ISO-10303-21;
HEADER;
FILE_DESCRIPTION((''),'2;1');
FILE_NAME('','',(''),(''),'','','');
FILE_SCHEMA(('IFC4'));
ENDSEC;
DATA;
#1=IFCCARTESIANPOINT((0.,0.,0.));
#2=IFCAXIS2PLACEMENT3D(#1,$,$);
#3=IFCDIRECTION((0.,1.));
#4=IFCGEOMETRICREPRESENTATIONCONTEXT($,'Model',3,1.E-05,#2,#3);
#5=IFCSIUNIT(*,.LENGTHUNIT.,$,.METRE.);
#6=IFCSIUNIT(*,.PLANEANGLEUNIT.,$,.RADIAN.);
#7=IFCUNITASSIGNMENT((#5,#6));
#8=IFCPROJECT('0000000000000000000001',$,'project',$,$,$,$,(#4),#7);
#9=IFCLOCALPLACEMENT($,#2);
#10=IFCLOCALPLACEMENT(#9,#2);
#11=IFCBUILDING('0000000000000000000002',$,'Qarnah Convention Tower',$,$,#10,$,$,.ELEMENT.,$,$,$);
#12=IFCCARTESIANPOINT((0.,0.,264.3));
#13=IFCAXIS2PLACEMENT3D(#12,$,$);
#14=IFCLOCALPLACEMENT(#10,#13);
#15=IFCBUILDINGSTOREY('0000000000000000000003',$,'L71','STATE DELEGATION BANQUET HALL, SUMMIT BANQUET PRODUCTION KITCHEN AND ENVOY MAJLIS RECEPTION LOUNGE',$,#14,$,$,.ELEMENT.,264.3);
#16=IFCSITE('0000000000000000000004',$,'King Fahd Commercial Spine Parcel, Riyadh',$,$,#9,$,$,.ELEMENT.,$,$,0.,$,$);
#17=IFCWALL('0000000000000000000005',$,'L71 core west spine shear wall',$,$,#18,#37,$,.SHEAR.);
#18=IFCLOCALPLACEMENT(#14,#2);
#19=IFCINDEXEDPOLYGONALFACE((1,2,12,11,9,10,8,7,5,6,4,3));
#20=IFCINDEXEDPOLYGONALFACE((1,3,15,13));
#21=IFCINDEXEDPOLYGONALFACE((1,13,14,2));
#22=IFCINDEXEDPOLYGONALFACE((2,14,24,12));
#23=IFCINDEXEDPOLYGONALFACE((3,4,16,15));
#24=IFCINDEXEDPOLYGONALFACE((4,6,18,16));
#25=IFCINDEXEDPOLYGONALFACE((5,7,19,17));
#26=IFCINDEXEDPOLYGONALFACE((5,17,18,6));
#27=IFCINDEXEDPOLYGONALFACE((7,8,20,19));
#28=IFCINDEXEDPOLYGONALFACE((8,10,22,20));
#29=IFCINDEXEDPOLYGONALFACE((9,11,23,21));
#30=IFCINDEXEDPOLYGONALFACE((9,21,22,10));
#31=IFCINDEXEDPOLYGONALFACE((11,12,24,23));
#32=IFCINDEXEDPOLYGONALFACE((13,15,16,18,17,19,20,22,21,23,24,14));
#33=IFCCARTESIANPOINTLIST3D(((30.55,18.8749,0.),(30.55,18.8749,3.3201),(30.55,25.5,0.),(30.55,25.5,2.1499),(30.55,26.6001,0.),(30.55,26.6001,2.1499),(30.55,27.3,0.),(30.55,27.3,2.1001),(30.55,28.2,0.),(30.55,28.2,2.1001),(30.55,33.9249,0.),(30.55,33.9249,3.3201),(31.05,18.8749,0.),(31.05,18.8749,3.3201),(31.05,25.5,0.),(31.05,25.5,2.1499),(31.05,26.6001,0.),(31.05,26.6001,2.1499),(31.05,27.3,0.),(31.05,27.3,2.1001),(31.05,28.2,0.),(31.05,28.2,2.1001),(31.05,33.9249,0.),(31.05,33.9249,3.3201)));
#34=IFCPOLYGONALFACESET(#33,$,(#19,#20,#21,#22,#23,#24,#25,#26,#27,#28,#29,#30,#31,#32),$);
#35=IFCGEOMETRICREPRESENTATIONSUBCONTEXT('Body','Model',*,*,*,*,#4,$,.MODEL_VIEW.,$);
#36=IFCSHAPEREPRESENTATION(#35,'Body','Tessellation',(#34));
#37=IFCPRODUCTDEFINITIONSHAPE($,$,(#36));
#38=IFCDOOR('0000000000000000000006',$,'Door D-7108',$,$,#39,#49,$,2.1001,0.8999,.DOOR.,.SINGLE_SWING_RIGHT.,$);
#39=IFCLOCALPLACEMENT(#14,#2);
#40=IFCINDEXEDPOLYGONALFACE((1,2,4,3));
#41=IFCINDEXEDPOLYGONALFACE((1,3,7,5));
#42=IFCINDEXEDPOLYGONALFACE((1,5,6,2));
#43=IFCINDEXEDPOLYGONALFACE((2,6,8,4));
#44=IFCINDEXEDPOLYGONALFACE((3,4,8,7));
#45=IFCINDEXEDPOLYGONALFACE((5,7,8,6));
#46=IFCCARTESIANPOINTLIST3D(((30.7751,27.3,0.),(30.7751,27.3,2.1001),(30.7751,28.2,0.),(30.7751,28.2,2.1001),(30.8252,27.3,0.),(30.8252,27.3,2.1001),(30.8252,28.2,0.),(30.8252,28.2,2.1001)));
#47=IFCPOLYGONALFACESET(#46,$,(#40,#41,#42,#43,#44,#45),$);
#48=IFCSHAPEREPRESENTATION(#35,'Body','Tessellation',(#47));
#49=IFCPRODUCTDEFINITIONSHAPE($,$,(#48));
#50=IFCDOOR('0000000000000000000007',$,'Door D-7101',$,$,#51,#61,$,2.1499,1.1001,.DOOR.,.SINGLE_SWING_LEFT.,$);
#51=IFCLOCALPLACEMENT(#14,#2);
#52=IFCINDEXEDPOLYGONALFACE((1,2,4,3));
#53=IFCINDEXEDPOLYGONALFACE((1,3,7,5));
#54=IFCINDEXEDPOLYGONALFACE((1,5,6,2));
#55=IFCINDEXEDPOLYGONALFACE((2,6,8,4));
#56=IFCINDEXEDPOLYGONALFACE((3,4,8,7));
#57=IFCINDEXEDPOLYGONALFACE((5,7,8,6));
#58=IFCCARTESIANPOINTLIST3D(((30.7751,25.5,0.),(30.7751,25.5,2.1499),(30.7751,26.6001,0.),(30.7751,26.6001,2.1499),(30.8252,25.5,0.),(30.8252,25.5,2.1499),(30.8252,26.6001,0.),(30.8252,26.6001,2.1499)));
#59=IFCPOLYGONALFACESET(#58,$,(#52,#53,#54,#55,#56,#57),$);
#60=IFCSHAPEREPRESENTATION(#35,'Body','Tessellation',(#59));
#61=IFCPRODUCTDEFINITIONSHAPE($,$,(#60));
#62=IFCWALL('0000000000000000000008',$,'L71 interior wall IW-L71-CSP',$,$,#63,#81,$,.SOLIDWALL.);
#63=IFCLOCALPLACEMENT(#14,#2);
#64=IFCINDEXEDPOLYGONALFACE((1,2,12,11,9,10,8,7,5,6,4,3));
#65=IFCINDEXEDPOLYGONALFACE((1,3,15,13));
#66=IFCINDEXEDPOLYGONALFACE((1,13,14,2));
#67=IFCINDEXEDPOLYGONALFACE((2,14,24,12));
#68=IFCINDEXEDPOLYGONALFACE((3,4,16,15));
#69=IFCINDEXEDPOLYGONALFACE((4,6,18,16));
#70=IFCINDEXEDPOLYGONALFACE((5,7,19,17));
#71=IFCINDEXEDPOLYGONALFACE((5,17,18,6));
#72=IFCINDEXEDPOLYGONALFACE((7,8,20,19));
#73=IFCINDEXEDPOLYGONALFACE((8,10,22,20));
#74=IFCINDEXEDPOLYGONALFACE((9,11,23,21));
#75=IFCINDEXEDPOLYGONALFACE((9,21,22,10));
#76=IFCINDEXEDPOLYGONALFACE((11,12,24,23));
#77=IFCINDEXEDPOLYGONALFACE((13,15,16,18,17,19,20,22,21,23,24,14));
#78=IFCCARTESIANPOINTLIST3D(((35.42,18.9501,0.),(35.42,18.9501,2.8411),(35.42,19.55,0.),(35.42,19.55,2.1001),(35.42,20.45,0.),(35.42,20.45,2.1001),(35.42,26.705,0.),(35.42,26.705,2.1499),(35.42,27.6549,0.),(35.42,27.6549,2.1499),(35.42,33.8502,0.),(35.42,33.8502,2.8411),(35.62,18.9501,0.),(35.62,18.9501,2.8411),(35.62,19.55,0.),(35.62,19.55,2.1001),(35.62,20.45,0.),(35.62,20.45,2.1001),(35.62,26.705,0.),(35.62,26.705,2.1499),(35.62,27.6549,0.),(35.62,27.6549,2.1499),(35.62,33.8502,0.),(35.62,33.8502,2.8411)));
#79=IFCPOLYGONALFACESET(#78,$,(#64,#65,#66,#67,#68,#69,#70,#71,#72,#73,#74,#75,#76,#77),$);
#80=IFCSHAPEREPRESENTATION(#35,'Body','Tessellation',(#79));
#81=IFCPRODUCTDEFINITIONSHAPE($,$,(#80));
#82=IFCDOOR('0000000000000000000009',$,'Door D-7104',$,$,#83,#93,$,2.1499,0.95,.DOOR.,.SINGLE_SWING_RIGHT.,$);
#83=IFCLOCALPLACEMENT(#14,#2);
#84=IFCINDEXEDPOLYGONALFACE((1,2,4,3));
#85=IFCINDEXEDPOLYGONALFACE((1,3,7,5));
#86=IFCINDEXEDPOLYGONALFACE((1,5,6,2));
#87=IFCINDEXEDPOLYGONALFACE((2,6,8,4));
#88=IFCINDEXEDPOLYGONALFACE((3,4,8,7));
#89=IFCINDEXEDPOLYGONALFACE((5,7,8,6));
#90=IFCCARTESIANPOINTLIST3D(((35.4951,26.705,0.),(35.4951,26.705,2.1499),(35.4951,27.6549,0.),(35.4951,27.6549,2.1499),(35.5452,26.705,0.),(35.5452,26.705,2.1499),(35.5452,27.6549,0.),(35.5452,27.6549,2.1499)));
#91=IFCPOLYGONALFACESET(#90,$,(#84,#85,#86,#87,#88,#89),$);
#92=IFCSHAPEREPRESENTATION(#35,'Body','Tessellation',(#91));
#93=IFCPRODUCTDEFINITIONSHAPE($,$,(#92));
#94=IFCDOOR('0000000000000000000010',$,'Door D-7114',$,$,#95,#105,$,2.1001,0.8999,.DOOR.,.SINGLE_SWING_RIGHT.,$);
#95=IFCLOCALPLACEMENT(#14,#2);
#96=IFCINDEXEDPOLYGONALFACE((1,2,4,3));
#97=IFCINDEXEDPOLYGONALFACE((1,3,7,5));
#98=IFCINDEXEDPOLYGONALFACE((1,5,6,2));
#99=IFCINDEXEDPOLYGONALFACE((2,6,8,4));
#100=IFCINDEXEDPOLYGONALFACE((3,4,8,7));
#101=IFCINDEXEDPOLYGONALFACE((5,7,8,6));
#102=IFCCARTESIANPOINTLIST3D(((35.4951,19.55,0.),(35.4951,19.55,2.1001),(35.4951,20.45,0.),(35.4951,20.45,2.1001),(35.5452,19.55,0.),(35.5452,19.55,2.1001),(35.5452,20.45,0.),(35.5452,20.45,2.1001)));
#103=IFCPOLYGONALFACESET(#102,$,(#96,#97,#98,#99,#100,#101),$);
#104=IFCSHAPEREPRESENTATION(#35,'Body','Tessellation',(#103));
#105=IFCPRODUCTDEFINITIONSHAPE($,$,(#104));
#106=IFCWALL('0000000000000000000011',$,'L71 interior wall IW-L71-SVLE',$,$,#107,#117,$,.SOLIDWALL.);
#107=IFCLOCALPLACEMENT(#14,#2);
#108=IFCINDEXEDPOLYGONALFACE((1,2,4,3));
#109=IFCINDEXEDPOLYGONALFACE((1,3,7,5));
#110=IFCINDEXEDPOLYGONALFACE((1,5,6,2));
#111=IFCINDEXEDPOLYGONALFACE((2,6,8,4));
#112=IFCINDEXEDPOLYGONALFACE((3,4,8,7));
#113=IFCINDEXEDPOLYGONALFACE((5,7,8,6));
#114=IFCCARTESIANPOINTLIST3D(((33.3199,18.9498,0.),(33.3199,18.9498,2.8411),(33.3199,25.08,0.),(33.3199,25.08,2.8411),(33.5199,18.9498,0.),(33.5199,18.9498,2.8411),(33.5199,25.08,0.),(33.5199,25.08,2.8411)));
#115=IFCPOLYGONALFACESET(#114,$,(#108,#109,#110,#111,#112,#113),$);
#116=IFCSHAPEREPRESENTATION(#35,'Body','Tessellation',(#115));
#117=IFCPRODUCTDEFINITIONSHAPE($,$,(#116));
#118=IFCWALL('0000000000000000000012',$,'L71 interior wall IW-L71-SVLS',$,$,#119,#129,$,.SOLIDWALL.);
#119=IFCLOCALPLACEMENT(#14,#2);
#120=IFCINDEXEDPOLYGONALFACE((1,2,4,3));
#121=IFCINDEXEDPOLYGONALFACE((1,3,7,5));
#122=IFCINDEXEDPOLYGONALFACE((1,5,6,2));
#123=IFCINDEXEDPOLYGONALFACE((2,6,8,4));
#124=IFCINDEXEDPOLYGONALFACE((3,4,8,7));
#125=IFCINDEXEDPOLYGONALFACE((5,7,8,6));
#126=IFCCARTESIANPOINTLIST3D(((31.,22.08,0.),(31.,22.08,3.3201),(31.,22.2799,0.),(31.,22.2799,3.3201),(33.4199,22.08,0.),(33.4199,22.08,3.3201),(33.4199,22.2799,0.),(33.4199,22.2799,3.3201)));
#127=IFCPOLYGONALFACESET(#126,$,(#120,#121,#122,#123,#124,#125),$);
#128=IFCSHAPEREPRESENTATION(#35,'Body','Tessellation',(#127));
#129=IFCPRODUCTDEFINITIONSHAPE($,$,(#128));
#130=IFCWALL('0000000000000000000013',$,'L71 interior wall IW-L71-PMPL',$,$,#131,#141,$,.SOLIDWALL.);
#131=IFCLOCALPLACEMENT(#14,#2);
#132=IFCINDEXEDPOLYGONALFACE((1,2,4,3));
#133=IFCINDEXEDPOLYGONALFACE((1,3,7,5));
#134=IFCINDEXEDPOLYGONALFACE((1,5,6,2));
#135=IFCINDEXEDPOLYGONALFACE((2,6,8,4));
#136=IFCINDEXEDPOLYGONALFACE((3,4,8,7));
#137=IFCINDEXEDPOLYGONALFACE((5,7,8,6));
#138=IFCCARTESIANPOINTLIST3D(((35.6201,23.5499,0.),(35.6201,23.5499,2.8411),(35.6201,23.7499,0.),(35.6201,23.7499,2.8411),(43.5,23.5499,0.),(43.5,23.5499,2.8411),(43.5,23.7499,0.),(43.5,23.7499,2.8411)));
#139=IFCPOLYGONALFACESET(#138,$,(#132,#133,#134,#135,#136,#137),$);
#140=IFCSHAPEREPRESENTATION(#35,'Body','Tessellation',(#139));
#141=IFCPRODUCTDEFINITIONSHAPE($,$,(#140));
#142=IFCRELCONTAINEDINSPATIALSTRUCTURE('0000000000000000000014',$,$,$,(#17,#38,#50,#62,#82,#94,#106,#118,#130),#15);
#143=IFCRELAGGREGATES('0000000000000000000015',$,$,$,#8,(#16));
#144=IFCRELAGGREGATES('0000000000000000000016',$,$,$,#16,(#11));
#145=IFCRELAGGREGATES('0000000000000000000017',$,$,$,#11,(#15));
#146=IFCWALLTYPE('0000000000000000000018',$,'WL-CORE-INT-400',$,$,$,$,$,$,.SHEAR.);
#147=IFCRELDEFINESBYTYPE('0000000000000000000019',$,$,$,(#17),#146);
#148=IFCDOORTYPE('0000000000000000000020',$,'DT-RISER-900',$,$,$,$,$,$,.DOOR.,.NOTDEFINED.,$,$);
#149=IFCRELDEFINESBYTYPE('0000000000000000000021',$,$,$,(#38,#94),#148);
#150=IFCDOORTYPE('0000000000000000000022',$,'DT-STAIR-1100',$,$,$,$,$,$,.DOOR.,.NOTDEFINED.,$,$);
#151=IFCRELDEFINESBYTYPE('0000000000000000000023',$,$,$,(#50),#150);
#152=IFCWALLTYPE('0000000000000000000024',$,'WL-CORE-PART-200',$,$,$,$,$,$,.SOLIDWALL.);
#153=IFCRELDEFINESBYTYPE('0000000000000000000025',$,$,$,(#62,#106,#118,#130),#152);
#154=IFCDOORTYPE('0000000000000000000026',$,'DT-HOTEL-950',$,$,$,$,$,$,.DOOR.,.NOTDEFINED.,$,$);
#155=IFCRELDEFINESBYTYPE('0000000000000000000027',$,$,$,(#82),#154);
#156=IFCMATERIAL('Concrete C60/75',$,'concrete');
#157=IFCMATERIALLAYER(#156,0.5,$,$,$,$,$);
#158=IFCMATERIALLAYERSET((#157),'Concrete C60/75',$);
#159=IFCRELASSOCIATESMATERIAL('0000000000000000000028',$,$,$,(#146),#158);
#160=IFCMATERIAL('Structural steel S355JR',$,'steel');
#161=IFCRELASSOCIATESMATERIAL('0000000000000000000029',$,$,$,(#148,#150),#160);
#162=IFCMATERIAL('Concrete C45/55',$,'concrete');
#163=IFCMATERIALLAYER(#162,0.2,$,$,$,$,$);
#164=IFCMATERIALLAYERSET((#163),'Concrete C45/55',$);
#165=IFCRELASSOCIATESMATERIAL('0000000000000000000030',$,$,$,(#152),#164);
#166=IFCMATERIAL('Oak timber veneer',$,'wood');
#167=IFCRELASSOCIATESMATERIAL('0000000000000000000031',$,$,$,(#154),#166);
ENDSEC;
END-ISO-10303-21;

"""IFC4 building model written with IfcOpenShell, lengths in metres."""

from ifc_helpers import new_model, si_unit, direction, frame, frame_2d, origin, place, context, subcontext, project, spatial, rectangle, extrude, material, layer, layer_set, type_object, element, fill, save


model = new_model("IFC4")

# Units and contexts
model_context = context("Model", 3, precision=1e-05, world=origin(), true_north=direction((0.0, 1.0)))
body_context = subcontext(model_context, "Body", "Model", "MODEL_VIEW")
ifc_project = project(units=[si_unit("LENGTHUNIT", "METRE"), si_unit("PLANEANGLEUNIT", "RADIAN")], contexts=[model_context])

# Site, building, storey
site_placement = place(None, origin())
site = spatial("IfcSite", under=ifc_project, at=site_placement, Name="King Fahd Commercial Spine Parcel, Riyadh", CompositionType="ELEMENT", RefElevation=0.0)
building_placement = place(site_placement, origin())
building = spatial("IfcBuilding", under=site, at=building_placement, Name="Qarnah Convention Tower", CompositionType="ELEMENT")
storey_placement = place(building_placement, frame((0.0, 0.0, 264.3)))
storey = spatial("IfcBuildingStorey", under=building, at=storey_placement, Name="L71", Description="STATE DELEGATION BANQUET HALL, SUMMIT BANQUET PRODUCTION KITCHEN AND ENVOY MAJLIS RECEPTION LOUNGE", CompositionType="ELEMENT", Elevation=264.3)

# Shared definitions
ifc_material_1 = material(Name="Structural steel S355JR", Category="steel")

# Walls, openings, doors
ifc_material_2 = material(Name="Concrete C60/75", Category="concrete")
ifc_layer_1 = layer(ifc_material_2, 0.5)
ifc_layer_set_1 = layer_set([ifc_layer_1], Name="Concrete C60/75")
wall_type_1 = type_object("IfcWallType", Name="WL-CORE-INT-400", PredefinedType="SHEAR", material=ifc_layer_set_1)
wall_1_placement = place(storey_placement, frame((30.8, 18.875, 0.0), z_axis=(0.0, 0.0, 1.0), x_axis=(0.0, 1.0, 0.0)))
wall_1 = element("IfcWall", 1, at=wall_1_placement, inside=storey, type_object=wall_type_1, Name="L71 core west spine shear wall", PredefinedType="SHEAR", context=body_context, shape_type="SweptSolid", body=[
    extrude(rectangle(XDim=15.05, YDim=0.5, at=frame_2d((7.5249, 0.0))), origin(), (0.0, 0.0, 1.0), 3.3201),
])
opening_1_placement = place(wall_1_placement, frame((6.625, 0.0, 0.0)))
opening_1 = element("IfcOpeningElement", 2, at=opening_1_placement, cuts=wall_1, PredefinedType="OPENING", context=body_context, shape_type="SweptSolid", body=[
    extrude(rectangle(XDim=1.1001, YDim=2.1499, at=frame_2d((0.55, 1.075))), frame((0.0, 0.26, 0.0), z_axis=(0.0, -1.0, 0.0), x_axis=(1.0, 0.0, 0.0)), (0.0, 0.0, 1.0), 0.52),
])
opening_2_placement = place(wall_1_placement, frame((8.425, 0.0, 0.0)))
opening_2 = element("IfcOpeningElement", 3, at=opening_2_placement, cuts=wall_1, PredefinedType="OPENING", context=body_context, shape_type="SweptSolid", body=[
    extrude(rectangle(XDim=0.8999, YDim=2.1001, at=frame_2d((0.45, 1.05))), frame((0.0, 0.26, 0.0), z_axis=(0.0, -1.0, 0.0), x_axis=(1.0, 0.0, 0.0)), (0.0, 0.0, 1.0), 0.52),
])
door_type_1 = type_object("IfcDoorType", Name="DT-RISER-900", OperationType="NOTDEFINED", PredefinedType="DOOR", material=ifc_material_1)
door_1_placement = place(opening_2_placement, origin())
door_1 = element("IfcDoor", 4, at=door_1_placement, inside=storey, type_object=door_type_1, Name="Door D-7108", OperationType="SINGLE_SWING_RIGHT", OverallHeight=2.1001, OverallWidth=0.8999, PredefinedType="DOOR", context=body_context, shape_type="SweptSolid", body=[
    extrude(rectangle(XDim=0.8999, YDim=2.1001, at=frame_2d((0.45, 1.05))), frame((0.0, 0.0249, 0.0), z_axis=(0.0, -1.0, 0.0), x_axis=(1.0, 0.0, 0.0)), (0.0, 0.0, 1.0), 0.05),
])
fill(opening_2, door_1)
door_type_2 = type_object("IfcDoorType", Name="DT-STAIR-1100", OperationType="NOTDEFINED", PredefinedType="DOOR", material=ifc_material_1)
door_2_placement = place(opening_1_placement, origin())
door_2 = element("IfcDoor", 5, at=door_2_placement, inside=storey, type_object=door_type_2, Name="Door D-7101", OperationType="SINGLE_SWING_LEFT", OverallHeight=2.1499, OverallWidth=1.1001, PredefinedType="DOOR", context=body_context, shape_type="SweptSolid", body=[
    extrude(rectangle(XDim=1.1001, YDim=2.1499, at=frame_2d((0.55, 1.075))), frame((0.0, 0.0249, 0.0), z_axis=(0.0, -1.0, 0.0), x_axis=(1.0, 0.0, 0.0)), (0.0, 0.0, 1.0), 0.05),
])
fill(opening_1, door_2)
ifc_material_3 = material(Name="Concrete C45/55", Category="concrete")
ifc_layer_2 = layer(ifc_material_3, 0.2)
ifc_layer_set_2 = layer_set([ifc_layer_2], Name="Concrete C45/55")
wall_type_2 = type_object("IfcWallType", Name="WL-CORE-PART-200", PredefinedType="SOLIDWALL", material=ifc_layer_set_2)
wall_2_placement = place(storey_placement, frame((35.52, 18.95, 0.0), z_axis=(0.0, 0.0, 1.0), x_axis=(0.0, 1.0, 0.0)))
wall_2 = element("IfcWall", 6, at=wall_2_placement, inside=storey, type_object=wall_type_2, Name="L71 interior wall IW-L71-CSP", PredefinedType="SOLIDWALL", context=body_context, shape_type="SweptSolid", body=[
    extrude(rectangle(XDim=14.9001, YDim=0.2, at=frame_2d((7.4502, 0.0))), origin(), (0.0, 0.0, 1.0), 2.8411),
])
opening_3_placement = place(wall_2_placement, frame((7.7549, 0.0, 0.0)))
opening_3 = element("IfcOpeningElement", 7, at=opening_3_placement, cuts=wall_2, PredefinedType="OPENING", context=body_context, shape_type="SweptSolid", body=[
    extrude(rectangle(XDim=0.95, YDim=2.1499, at=frame_2d((0.4751, 1.075))), frame((0.0, 0.1099, 0.0), z_axis=(0.0, -1.0, 0.0), x_axis=(1.0, 0.0, 0.0)), (0.0, 0.0, 1.0), 0.22),
])
opening_4_placement = place(wall_2_placement, frame((0.6001, 0.0, 0.0)))
opening_4 = element("IfcOpeningElement", 8, at=opening_4_placement, cuts=wall_2, PredefinedType="OPENING", context=body_context, shape_type="SweptSolid", body=[
    extrude(rectangle(XDim=0.8999, YDim=2.1001, at=frame_2d((0.45, 1.05))), frame((0.0, 0.1099, 0.0), z_axis=(0.0, -1.0, 0.0), x_axis=(1.0, 0.0, 0.0)), (0.0, 0.0, 1.0), 0.22),
])
ifc_material_4 = material(Name="Oak timber veneer", Category="wood")
door_type_3 = type_object("IfcDoorType", Name="DT-HOTEL-950", OperationType="NOTDEFINED", PredefinedType="DOOR", material=ifc_material_4)
door_3_placement = place(opening_3_placement, origin())
door_3 = element("IfcDoor", 9, at=door_3_placement, inside=storey, type_object=door_type_3, Name="Door D-7104", OperationType="SINGLE_SWING_RIGHT", OverallHeight=2.1499, OverallWidth=0.95, PredefinedType="DOOR", context=body_context, shape_type="SweptSolid", body=[
    extrude(rectangle(XDim=0.95, YDim=2.1499, at=frame_2d((0.4751, 1.075))), frame((0.0, 0.0249, 0.0), z_axis=(0.0, -1.0, 0.0), x_axis=(1.0, 0.0, 0.0)), (0.0, 0.0, 1.0), 0.05),
])
fill(opening_3, door_3)
door_4_placement = place(opening_4_placement, origin())
door_4 = element("IfcDoor", 10, at=door_4_placement, inside=storey, type_object=door_type_1, Name="Door D-7114", OperationType="SINGLE_SWING_RIGHT", OverallHeight=2.1001, OverallWidth=0.8999, PredefinedType="DOOR", context=body_context, shape_type="SweptSolid", body=[
    extrude(rectangle(XDim=0.8999, YDim=2.1001, at=frame_2d((0.45, 1.05))), frame((0.0, 0.0249, 0.0), z_axis=(0.0, -1.0, 0.0), x_axis=(1.0, 0.0, 0.0)), (0.0, 0.0, 1.0), 0.05),
])
fill(opening_4, door_4)

# Walls
wall_3_placement = place(storey_placement, frame((33.4199, 18.95, 0.0), z_axis=(0.0, 0.0, 1.0), x_axis=(0.0, 1.0, 0.0)))
element("IfcWall", 11, at=wall_3_placement, inside=storey, type_object=wall_type_2, Name="L71 interior wall IW-L71-SVLE", PredefinedType="SOLIDWALL", context=body_context, shape_type="SweptSolid", body=[
    extrude(rectangle(XDim=6.1301, YDim=0.2, at=frame_2d((3.0649, 0.0))), origin(), (0.0, 0.0, 1.0), 2.8411),
])
wall_4_placement = place(storey_placement, frame((31.0, 22.1799, 0.0), z_axis=(0.0, 0.0, 1.0), x_axis=(1.0, 0.0, 0.0)))
element("IfcWall", 12, at=wall_4_placement, inside=storey, type_object=wall_type_2, Name="L71 interior wall IW-L71-SVLS", PredefinedType="SOLIDWALL", context=body_context, shape_type="SweptSolid", body=[
    extrude(rectangle(XDim=2.4199, YDim=0.2, at=frame_2d((1.21, 0.0))), origin(), (0.0, 0.0, 1.0), 3.3201),
])
wall_5_placement = place(storey_placement, frame((35.6201, 23.6499, 0.0), z_axis=(0.0, 0.0, 1.0), x_axis=(1.0, 0.0, 0.0)))
element("IfcWall", 13, at=wall_5_placement, inside=storey, type_object=wall_type_2, Name="L71 interior wall IW-L71-PMPL", PredefinedType="SOLIDWALL", context=body_context, shape_type="SweptSolid", body=[
    extrude(rectangle(XDim=7.8799, YDim=0.2, at=frame_2d((3.9399, 0.0))), origin(), (0.0, 0.0, 1.0), 2.8411),
])

save(model, "model.ifc")
